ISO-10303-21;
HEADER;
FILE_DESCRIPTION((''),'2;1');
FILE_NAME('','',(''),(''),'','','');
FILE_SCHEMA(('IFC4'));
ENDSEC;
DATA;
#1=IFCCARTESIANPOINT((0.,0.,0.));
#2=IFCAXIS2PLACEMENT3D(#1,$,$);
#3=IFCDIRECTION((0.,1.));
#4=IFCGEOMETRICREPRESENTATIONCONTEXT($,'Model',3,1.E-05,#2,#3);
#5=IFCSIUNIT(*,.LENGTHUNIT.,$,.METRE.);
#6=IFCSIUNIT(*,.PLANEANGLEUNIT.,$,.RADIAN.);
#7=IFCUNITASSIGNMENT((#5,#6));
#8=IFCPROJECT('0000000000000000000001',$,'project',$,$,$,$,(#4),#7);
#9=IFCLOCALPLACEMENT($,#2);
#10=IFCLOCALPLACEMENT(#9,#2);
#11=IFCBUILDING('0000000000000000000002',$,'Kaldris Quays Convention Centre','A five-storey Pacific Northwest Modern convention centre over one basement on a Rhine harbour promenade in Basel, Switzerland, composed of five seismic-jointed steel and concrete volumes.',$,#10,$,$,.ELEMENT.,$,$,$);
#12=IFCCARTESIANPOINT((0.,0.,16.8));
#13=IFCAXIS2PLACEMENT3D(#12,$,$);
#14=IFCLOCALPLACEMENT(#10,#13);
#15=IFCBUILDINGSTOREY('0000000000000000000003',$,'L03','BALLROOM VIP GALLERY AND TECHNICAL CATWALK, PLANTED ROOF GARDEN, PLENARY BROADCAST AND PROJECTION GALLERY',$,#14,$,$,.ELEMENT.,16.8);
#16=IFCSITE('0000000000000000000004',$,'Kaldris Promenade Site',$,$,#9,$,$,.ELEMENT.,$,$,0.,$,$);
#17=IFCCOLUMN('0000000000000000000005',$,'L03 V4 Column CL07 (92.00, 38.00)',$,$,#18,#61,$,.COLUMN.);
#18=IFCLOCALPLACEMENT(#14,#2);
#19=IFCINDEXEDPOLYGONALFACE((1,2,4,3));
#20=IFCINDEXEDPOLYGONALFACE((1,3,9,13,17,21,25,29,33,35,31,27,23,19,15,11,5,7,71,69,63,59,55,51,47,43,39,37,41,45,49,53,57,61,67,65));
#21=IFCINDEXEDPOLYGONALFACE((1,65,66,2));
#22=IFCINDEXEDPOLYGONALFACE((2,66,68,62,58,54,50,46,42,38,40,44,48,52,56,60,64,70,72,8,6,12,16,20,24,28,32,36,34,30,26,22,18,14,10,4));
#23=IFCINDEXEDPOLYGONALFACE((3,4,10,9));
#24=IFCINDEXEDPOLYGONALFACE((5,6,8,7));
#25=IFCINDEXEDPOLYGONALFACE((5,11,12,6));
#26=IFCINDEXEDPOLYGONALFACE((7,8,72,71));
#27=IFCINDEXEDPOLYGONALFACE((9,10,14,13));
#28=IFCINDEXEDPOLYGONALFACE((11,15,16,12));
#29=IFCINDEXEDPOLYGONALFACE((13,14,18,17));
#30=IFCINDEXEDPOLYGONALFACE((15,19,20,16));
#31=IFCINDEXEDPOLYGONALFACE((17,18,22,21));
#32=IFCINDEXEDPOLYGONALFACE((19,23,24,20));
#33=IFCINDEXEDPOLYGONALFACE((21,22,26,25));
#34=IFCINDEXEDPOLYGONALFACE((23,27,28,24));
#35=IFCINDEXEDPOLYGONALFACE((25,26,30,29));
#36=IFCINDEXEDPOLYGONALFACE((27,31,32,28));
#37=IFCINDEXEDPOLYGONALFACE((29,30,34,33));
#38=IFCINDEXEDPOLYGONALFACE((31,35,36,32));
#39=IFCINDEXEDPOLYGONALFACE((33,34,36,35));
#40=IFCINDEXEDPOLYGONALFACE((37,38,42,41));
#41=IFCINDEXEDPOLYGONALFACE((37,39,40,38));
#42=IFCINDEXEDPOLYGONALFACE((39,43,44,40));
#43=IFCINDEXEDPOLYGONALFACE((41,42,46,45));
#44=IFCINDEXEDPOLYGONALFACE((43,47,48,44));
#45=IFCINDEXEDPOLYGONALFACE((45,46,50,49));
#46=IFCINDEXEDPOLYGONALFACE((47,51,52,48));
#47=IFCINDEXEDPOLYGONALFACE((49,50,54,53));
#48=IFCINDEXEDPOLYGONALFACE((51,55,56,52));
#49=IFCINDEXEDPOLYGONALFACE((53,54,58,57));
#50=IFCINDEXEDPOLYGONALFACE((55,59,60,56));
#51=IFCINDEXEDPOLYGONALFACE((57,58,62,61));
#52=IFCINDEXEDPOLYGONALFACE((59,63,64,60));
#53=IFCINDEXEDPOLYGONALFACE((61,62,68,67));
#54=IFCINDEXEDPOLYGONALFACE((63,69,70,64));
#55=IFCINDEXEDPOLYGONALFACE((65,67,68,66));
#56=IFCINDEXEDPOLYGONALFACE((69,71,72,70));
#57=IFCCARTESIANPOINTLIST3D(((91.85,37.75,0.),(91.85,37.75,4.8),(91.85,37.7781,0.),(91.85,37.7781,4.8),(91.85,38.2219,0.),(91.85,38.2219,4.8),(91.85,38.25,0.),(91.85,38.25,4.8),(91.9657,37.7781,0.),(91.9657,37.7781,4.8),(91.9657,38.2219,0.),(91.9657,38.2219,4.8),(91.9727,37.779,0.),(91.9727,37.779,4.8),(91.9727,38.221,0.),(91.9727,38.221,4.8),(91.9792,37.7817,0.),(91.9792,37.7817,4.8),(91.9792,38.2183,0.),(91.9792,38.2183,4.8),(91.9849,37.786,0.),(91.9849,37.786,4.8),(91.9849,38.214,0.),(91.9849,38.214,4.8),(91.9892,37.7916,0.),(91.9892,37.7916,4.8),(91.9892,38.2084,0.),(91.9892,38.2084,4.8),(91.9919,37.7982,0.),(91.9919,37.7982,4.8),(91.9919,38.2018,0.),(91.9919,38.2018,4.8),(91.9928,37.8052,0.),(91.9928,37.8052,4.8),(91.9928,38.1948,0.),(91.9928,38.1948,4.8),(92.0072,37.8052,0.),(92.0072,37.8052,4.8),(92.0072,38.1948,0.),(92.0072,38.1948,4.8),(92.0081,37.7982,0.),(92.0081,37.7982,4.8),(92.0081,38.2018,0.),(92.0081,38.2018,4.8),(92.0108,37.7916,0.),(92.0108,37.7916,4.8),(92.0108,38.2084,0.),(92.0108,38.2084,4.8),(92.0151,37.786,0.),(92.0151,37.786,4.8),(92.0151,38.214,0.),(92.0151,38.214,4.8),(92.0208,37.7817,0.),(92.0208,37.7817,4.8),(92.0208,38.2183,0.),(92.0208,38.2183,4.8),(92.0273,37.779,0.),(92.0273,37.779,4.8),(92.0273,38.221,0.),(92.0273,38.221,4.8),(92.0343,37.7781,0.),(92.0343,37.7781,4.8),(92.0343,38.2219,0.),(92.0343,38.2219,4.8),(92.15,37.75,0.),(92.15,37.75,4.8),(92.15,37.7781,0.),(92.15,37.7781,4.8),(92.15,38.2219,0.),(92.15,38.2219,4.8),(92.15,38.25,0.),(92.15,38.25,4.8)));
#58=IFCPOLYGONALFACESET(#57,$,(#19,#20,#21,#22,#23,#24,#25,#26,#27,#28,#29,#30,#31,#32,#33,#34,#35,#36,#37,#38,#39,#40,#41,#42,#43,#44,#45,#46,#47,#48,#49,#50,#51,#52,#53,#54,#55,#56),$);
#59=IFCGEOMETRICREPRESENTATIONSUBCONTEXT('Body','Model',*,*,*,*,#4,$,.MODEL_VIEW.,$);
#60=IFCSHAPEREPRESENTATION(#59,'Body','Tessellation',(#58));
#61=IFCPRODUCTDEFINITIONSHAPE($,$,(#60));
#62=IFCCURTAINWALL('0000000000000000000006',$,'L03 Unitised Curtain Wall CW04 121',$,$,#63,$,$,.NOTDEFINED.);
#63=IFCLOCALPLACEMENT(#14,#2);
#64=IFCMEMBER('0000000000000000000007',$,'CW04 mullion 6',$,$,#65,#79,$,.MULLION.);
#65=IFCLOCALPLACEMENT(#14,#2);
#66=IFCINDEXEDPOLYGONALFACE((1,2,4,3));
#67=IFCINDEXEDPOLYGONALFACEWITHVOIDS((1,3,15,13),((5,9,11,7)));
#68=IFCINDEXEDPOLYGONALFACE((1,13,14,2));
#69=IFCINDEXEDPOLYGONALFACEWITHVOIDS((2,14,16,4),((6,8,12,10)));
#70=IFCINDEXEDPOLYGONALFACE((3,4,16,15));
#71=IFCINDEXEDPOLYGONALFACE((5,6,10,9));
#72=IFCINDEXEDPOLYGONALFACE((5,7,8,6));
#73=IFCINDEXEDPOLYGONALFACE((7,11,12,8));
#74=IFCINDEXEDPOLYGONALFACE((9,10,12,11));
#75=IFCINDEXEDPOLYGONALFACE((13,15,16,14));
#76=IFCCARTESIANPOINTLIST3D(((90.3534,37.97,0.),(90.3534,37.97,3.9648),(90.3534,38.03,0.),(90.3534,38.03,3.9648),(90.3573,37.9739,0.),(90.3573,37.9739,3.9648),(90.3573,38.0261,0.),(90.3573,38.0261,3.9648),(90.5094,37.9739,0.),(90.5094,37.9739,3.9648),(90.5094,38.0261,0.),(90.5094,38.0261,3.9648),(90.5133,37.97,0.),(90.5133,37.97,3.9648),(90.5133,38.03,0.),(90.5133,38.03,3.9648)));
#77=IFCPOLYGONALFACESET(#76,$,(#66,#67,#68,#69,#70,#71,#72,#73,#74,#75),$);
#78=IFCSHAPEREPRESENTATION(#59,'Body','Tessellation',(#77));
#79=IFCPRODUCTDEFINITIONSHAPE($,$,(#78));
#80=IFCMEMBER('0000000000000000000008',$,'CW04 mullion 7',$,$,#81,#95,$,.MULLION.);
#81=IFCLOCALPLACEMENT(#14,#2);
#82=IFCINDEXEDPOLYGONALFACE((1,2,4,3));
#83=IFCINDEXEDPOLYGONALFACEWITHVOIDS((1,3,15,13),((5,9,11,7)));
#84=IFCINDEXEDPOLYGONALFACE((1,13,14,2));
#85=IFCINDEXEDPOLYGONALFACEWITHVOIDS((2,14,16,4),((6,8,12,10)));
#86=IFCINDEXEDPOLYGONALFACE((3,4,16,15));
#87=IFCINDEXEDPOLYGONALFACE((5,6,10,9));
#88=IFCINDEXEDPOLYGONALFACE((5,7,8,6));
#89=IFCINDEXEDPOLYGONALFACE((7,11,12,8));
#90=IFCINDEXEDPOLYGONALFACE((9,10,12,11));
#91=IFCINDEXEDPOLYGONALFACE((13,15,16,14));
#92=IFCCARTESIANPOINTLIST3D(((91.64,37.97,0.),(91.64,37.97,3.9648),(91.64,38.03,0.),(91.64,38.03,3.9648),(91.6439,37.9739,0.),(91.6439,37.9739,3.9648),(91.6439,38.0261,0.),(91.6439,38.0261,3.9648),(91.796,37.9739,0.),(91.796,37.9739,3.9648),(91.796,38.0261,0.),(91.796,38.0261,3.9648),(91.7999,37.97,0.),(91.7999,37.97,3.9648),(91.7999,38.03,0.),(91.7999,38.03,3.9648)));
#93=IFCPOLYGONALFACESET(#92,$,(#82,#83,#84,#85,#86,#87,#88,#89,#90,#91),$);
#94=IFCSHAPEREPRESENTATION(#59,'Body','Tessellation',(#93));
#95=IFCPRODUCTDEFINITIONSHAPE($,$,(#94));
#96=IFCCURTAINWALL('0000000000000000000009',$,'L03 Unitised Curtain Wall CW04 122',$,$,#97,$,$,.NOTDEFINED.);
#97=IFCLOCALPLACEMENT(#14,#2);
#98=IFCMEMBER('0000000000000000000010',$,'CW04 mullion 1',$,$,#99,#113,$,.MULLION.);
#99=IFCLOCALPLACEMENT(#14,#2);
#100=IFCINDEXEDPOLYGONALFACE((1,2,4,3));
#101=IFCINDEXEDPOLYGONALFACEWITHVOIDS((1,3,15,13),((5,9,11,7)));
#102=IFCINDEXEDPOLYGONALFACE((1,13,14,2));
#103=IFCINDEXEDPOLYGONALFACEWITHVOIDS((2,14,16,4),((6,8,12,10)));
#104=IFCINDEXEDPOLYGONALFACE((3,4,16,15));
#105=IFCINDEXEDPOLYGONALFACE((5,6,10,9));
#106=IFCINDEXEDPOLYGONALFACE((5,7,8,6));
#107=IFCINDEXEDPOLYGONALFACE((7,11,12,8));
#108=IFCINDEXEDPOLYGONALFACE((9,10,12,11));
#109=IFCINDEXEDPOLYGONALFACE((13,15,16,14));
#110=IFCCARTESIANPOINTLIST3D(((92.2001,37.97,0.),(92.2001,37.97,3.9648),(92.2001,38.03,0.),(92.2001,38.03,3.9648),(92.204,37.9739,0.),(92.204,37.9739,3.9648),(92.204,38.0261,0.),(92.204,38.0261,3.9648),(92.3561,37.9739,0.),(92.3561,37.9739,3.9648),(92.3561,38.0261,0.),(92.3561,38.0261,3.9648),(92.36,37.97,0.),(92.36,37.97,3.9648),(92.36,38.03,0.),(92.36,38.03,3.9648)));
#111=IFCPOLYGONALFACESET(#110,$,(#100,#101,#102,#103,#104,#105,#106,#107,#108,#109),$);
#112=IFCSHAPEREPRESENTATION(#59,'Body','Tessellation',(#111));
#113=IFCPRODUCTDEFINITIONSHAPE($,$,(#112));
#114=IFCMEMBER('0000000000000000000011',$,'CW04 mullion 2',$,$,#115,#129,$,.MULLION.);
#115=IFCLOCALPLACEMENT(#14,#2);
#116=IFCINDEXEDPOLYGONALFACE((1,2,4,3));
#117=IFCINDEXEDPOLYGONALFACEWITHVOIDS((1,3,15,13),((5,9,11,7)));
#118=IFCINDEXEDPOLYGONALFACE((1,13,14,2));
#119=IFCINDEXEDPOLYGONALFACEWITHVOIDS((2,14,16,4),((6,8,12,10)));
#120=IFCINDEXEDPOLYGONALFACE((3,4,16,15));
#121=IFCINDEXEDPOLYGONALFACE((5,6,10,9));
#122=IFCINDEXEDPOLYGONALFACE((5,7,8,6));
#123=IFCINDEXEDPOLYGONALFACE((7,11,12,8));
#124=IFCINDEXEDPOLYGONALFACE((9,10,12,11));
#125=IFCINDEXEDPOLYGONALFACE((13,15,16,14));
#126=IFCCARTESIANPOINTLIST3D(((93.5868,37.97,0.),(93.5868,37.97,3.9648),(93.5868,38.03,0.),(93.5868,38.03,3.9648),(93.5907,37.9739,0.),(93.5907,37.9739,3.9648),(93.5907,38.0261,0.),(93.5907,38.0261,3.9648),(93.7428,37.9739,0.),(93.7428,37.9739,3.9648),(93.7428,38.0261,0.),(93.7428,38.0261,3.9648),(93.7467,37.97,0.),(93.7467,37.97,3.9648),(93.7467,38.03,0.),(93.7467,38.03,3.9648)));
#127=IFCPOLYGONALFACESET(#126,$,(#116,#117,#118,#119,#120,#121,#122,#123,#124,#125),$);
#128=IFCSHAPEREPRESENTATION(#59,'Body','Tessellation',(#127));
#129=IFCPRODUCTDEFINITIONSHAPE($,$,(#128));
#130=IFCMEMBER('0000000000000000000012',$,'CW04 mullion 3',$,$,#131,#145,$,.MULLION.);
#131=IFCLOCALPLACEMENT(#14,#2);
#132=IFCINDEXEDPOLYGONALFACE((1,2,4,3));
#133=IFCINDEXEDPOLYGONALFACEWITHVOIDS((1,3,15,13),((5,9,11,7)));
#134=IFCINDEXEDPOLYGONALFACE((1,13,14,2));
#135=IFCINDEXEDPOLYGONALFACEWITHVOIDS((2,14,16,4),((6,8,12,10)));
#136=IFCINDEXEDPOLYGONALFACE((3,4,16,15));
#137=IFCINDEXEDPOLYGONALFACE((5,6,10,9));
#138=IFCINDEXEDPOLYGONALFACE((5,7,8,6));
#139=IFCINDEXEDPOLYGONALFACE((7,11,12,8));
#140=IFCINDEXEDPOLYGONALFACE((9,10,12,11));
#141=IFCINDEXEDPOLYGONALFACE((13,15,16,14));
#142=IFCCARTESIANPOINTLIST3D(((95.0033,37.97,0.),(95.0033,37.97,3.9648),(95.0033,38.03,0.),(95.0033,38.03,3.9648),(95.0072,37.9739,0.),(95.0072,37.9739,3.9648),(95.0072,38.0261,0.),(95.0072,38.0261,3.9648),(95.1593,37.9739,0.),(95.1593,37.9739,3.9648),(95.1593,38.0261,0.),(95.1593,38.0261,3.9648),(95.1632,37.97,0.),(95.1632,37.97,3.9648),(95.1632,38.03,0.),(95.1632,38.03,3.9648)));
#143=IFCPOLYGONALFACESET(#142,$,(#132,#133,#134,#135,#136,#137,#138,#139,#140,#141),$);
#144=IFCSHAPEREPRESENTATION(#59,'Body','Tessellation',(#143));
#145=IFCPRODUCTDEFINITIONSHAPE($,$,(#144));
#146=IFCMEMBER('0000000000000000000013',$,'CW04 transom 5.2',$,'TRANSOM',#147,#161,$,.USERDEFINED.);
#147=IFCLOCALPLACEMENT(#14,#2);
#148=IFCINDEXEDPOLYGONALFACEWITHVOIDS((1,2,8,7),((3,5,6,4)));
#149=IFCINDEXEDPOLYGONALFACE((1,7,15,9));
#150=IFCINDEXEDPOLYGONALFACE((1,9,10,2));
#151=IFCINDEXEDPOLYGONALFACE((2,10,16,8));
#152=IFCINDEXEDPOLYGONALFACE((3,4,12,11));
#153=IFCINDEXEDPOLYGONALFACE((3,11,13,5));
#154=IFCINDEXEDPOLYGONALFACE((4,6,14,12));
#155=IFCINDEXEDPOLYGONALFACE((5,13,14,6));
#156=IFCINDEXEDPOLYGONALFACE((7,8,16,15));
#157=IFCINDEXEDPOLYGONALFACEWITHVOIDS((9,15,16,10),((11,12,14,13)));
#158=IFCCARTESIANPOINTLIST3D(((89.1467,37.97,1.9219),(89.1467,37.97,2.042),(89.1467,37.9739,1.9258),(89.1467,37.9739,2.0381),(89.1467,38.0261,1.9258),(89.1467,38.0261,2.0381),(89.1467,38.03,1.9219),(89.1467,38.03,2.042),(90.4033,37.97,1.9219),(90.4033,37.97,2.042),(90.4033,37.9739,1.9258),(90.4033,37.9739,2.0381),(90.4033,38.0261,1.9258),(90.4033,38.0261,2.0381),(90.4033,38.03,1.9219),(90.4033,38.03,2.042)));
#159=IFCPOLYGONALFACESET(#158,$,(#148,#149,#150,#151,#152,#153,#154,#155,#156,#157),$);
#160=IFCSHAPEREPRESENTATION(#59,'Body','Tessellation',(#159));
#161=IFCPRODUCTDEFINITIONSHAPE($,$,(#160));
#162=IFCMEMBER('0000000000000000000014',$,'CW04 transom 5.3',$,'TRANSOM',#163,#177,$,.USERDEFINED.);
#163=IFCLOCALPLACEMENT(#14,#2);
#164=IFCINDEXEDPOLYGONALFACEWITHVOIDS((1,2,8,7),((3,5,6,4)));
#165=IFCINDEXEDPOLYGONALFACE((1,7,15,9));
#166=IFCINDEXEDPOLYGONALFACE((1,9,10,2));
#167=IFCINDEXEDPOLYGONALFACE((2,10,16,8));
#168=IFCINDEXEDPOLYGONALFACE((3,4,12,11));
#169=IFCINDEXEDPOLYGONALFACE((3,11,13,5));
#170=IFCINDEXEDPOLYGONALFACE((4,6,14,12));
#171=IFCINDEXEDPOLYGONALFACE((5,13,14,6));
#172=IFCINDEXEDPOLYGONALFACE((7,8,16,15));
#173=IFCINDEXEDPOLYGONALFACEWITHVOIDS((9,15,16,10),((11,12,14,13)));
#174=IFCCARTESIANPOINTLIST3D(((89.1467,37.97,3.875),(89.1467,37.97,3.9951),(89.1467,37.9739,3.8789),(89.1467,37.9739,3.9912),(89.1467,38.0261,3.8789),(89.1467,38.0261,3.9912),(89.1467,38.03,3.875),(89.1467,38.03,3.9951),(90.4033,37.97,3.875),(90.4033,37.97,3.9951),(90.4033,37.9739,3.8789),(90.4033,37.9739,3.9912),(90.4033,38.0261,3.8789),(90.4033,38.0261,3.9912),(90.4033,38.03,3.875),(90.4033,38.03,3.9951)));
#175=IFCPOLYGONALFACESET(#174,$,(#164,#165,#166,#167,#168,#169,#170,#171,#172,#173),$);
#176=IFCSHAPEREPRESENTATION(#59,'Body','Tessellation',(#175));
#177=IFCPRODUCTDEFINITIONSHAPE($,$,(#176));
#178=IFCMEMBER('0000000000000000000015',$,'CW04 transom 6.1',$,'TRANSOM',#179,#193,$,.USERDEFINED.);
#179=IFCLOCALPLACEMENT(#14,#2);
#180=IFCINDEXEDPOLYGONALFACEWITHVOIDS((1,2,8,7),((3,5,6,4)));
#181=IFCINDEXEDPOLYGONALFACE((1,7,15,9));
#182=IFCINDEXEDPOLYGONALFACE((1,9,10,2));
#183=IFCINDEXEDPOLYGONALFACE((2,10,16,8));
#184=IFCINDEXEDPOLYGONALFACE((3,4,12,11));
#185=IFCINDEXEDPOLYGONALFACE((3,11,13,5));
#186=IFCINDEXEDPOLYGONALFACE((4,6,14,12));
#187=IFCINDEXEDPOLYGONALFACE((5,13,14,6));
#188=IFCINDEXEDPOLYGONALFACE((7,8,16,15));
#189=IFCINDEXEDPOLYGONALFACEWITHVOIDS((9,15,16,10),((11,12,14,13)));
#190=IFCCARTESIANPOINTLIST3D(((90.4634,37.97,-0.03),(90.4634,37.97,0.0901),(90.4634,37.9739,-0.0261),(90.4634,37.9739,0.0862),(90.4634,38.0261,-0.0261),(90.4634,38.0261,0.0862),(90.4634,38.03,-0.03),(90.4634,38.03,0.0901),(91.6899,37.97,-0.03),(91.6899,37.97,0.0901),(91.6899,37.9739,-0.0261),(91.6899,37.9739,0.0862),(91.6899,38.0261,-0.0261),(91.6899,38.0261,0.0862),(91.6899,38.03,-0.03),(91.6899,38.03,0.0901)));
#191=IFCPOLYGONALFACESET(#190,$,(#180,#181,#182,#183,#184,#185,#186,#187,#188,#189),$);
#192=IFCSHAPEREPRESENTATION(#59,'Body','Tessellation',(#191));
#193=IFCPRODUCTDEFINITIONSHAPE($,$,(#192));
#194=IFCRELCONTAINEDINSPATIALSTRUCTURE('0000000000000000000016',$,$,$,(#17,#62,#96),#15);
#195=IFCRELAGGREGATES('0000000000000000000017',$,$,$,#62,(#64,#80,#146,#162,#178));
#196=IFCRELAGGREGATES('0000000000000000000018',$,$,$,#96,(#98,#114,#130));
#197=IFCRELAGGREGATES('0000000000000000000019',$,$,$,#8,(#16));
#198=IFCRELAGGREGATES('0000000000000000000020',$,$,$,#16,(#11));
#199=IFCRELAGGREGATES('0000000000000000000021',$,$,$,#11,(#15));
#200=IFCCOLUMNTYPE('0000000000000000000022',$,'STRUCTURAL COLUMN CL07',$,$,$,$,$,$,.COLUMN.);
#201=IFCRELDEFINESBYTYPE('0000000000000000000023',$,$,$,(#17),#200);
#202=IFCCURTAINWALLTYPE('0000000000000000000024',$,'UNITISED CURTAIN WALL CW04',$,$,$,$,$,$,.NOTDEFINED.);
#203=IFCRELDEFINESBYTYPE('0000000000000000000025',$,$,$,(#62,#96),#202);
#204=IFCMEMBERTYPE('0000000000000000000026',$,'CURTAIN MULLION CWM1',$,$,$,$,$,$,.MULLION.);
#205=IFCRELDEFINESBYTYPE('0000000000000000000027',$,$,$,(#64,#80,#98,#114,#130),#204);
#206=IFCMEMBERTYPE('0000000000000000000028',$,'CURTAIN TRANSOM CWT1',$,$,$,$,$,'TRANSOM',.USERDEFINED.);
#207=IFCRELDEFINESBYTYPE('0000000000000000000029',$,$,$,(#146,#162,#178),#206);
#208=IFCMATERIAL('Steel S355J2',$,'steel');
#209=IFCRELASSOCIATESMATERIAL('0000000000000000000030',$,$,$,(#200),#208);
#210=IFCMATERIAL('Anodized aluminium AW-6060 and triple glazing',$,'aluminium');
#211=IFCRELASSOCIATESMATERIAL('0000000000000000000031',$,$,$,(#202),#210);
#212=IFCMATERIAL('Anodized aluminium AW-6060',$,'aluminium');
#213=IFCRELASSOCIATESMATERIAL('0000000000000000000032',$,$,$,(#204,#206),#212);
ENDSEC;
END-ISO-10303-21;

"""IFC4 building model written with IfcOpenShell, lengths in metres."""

from ifc_helpers import new_model, si_unit, direction, frame, origin, origin_2d, place, context, subcontext, project, spatial, hollow_rectangle, i_section, extrude, material, material_profile, profile_set, type_object, element, aggregate, save


model = new_model("IFC4")

# Units and contexts
model_context = context("Model", 3, precision=1e-05, world=origin(), true_north=direction((0.0, 1.0)))
body_context = subcontext(model_context, "Body", "Model", "MODEL_VIEW")
ifc_project = project(units=[si_unit("LENGTHUNIT", "METRE"), si_unit("PLANEANGLEUNIT", "RADIAN")], contexts=[model_context])

# Site, building, storey
site_placement = place(None, origin())
site = spatial("IfcSite", under=ifc_project, at=site_placement, Name="Kaldris Promenade Site", CompositionType="ELEMENT", RefElevation=0.0)
building_placement = place(site_placement, origin())
building = spatial("IfcBuilding", under=site, at=building_placement, Name="Kaldris Quays Convention Centre", Description="A five-storey Pacific Northwest Modern convention centre over one basement on a Rhine harbour promenade in Basel, Switzerland, composed of five seismic-jointed steel and concrete volumes.", CompositionType="ELEMENT")
storey_placement = place(building_placement, frame((0.0, 0.0, 16.8)))
storey = spatial("IfcBuildingStorey", under=building, at=storey_placement, Name="L03", Description="BALLROOM VIP GALLERY AND TECHNICAL CATWALK, PLANTED ROOF GARDEN, PLENARY BROADCAST AND PROJECTION GALLERY", CompositionType="ELEMENT", Elevation=16.8)

# Column
ifc_material_1 = material(Name="Steel S355J2", Category="steel")
ifc_material_profile_1 = material_profile(ifc_material_1, i_section(OverallWidth=0.3, OverallDepth=0.5, WebThickness=0.0144, FlangeThickness=0.0281, FilletRadius=0.0271, at=origin_2d()), Name="HEB 500")
ifc_profile_set_1 = profile_set([ifc_material_profile_1], Name="Steel S355J2")
column_type = type_object("IfcColumnType", Name="STRUCTURAL COLUMN CL07", PredefinedType="COLUMN", material=ifc_profile_set_1)
column_placement = place(storey_placement, frame((92.0, 38.0, 0.0), z_axis=(0.0, 0.0, 1.0), x_axis=(1.0, 0.0, 0.0)))
element("IfcColumn", 1, at=column_placement, inside=storey, type_object=column_type, Name="L03 V4 Column CL07 (92.00, 38.00)", PredefinedType="COLUMN", context=body_context, shape_type="SweptSolid", body=[
    extrude(i_section(OverallWidth=0.3, OverallDepth=0.5, WebThickness=0.0144, FlangeThickness=0.0281, FilletRadius=0.0271, at=origin_2d()), origin(), (0.0, 0.0, 1.0), 4.8),
])

# Curtain walls, members
ifc_material_2 = material(Name="Anodized aluminium AW-6060 and triple glazing", Category="aluminium")
curtain_wall_type = type_object("IfcCurtainWallType", Name="UNITISED CURTAIN WALL CW04", PredefinedType="NOTDEFINED", material=ifc_material_2)
curtain_wall_1_placement = place(storey_placement, origin())
curtain_wall_1 = element("IfcCurtainWall", 2, at=curtain_wall_1_placement, inside=storey, type_object=curtain_wall_type, Name="L03 Unitised Curtain Wall CW04 121", PredefinedType="NOTDEFINED")
ifc_material_3 = material(Name="Anodized aluminium AW-6060", Category="aluminium")
ifc_material_profile_2 = material_profile(ifc_material_3, hollow_rectangle(XDim=0.0601, YDim=0.1599, WallThickness=0.0039, at=origin_2d()), Name="RHS 160x60x4")
ifc_profile_set_2 = profile_set([ifc_material_profile_2], Name="Anodized aluminium AW-6060")
member_type_1 = type_object("IfcMemberType", Name="CURTAIN MULLION CWM1", PredefinedType="MULLION", material=ifc_profile_set_2)
member_1_placement = place(storey_placement, frame((90.4333, 38.0, 0.0), z_axis=(0.0, 0.0, 1.0), x_axis=(0.0, 1.0, 0.0)))
member_1 = element("IfcMember", 3, at=member_1_placement, type_object=member_type_1, Name="CW04 mullion 6", PredefinedType="MULLION", context=body_context, shape_type="SweptSolid", body=[
    extrude(hollow_rectangle(XDim=0.0601, YDim=0.1599, WallThickness=0.0039, at=origin_2d()), origin(), (0.0, 0.0, 1.0), 3.9648),
])
member_2_placement = place(storey_placement, frame((91.72, 38.0, 0.0), z_axis=(0.0, 0.0, 1.0), x_axis=(0.0, 1.0, 0.0)))
member_2 = element("IfcMember", 4, at=member_2_placement, type_object=member_type_1, Name="CW04 mullion 7", PredefinedType="MULLION", context=body_context, shape_type="SweptSolid", body=[
    extrude(hollow_rectangle(XDim=0.0601, YDim=0.1599, WallThickness=0.0039, at=origin_2d()), origin(), (0.0, 0.0, 1.0), 3.9648),
])
curtain_wall_2_placement = place(storey_placement, origin())
curtain_wall_2 = element("IfcCurtainWall", 5, at=curtain_wall_2_placement, inside=storey, type_object=curtain_wall_type, Name="L03 Unitised Curtain Wall CW04 122", PredefinedType="NOTDEFINED")
member_3_placement = place(storey_placement, frame((92.28, 38.0, 0.0), z_axis=(0.0, 0.0, 1.0), x_axis=(0.0, 1.0, 0.0)))
member_3 = element("IfcMember", 6, at=member_3_placement, type_object=member_type_1, Name="CW04 mullion 1", PredefinedType="MULLION", context=body_context, shape_type="SweptSolid", body=[
    extrude(hollow_rectangle(XDim=0.0601, YDim=0.1599, WallThickness=0.0039, at=origin_2d()), origin(), (0.0, 0.0, 1.0), 3.9648),
])
member_4_placement = place(storey_placement, frame((93.6667, 38.0, 0.0), z_axis=(0.0, 0.0, 1.0), x_axis=(0.0, 1.0, 0.0)))
member_4 = element("IfcMember", 7, at=member_4_placement, type_object=member_type_1, Name="CW04 mullion 2", PredefinedType="MULLION", context=body_context, shape_type="SweptSolid", body=[
    extrude(hollow_rectangle(XDim=0.0601, YDim=0.1599, WallThickness=0.0039, at=origin_2d()), origin(), (0.0, 0.0, 1.0), 3.9648),
])
member_5_placement = place(storey_placement, frame((95.0833, 38.0, 0.0), z_axis=(0.0, 0.0, 1.0), x_axis=(0.0, 1.0, 0.0)))
member_5 = element("IfcMember", 8, at=member_5_placement, type_object=member_type_1, Name="CW04 mullion 3", PredefinedType="MULLION", context=body_context, shape_type="SweptSolid", body=[
    extrude(hollow_rectangle(XDim=0.0601, YDim=0.1599, WallThickness=0.0039, at=origin_2d()), origin(), (0.0, 0.0, 1.0), 3.9648),
])

# Members
ifc_material_profile_3 = material_profile(ifc_material_3, hollow_rectangle(XDim=0.0601, YDim=0.1201, WallThickness=0.0039, at=origin_2d()), Name="RHS 120x60x4")
ifc_profile_set_3 = profile_set([ifc_material_profile_3], Name="Anodized aluminium AW-6060")
member_type_2 = type_object("IfcMemberType", Name="CURTAIN TRANSOM CWT1", ElementType="TRANSOM", PredefinedType="USERDEFINED", material=ifc_profile_set_3)
member_6_placement = place(storey_placement, frame((89.1467, 38.0, 1.9819), z_axis=(1.0, 0.0, 0.0), x_axis=(0.0, 1.0, 0.0)))
member_6 = element("IfcMember", 9, at=member_6_placement, type_object=member_type_2, Name="CW04 transom 5.2", ObjectType="TRANSOM", PredefinedType="USERDEFINED", context=body_context, shape_type="SweptSolid", body=[
    extrude(hollow_rectangle(XDim=0.0601, YDim=0.1201, WallThickness=0.0039, at=origin_2d()), origin(), (0.0, 0.0, 1.0), 1.2566),
])
member_7_placement = place(storey_placement, frame((89.1467, 38.0, 3.9351), z_axis=(1.0, 0.0, 0.0), x_axis=(0.0, 1.0, 0.0)))
member_7 = element("IfcMember", 10, at=member_7_placement, type_object=member_type_2, Name="CW04 transom 5.3", ObjectType="TRANSOM", PredefinedType="USERDEFINED", context=body_context, shape_type="SweptSolid", body=[
    extrude(hollow_rectangle(XDim=0.0601, YDim=0.1201, WallThickness=0.0039, at=origin_2d()), origin(), (0.0, 0.0, 1.0), 1.2566),
])
member_8_placement = place(storey_placement, frame((90.4634, 38.0, 0.03), z_axis=(1.0, 0.0, 0.0), x_axis=(0.0, 1.0, 0.0)))
member_8 = element("IfcMember", 11, at=member_8_placement, type_object=member_type_2, Name="CW04 transom 6.1", ObjectType="TRANSOM", PredefinedType="USERDEFINED", context=body_context, shape_type="SweptSolid", body=[
    extrude(hollow_rectangle(XDim=0.0601, YDim=0.1201, WallThickness=0.0039, at=origin_2d()), origin(), (0.0, 0.0, 1.0), 1.2266),
])

aggregate(curtain_wall_1, [member_1, member_2, member_6, member_7, member_8])
aggregate(curtain_wall_2, [member_3, member_4, member_5])

save(model, "model.ifc")
